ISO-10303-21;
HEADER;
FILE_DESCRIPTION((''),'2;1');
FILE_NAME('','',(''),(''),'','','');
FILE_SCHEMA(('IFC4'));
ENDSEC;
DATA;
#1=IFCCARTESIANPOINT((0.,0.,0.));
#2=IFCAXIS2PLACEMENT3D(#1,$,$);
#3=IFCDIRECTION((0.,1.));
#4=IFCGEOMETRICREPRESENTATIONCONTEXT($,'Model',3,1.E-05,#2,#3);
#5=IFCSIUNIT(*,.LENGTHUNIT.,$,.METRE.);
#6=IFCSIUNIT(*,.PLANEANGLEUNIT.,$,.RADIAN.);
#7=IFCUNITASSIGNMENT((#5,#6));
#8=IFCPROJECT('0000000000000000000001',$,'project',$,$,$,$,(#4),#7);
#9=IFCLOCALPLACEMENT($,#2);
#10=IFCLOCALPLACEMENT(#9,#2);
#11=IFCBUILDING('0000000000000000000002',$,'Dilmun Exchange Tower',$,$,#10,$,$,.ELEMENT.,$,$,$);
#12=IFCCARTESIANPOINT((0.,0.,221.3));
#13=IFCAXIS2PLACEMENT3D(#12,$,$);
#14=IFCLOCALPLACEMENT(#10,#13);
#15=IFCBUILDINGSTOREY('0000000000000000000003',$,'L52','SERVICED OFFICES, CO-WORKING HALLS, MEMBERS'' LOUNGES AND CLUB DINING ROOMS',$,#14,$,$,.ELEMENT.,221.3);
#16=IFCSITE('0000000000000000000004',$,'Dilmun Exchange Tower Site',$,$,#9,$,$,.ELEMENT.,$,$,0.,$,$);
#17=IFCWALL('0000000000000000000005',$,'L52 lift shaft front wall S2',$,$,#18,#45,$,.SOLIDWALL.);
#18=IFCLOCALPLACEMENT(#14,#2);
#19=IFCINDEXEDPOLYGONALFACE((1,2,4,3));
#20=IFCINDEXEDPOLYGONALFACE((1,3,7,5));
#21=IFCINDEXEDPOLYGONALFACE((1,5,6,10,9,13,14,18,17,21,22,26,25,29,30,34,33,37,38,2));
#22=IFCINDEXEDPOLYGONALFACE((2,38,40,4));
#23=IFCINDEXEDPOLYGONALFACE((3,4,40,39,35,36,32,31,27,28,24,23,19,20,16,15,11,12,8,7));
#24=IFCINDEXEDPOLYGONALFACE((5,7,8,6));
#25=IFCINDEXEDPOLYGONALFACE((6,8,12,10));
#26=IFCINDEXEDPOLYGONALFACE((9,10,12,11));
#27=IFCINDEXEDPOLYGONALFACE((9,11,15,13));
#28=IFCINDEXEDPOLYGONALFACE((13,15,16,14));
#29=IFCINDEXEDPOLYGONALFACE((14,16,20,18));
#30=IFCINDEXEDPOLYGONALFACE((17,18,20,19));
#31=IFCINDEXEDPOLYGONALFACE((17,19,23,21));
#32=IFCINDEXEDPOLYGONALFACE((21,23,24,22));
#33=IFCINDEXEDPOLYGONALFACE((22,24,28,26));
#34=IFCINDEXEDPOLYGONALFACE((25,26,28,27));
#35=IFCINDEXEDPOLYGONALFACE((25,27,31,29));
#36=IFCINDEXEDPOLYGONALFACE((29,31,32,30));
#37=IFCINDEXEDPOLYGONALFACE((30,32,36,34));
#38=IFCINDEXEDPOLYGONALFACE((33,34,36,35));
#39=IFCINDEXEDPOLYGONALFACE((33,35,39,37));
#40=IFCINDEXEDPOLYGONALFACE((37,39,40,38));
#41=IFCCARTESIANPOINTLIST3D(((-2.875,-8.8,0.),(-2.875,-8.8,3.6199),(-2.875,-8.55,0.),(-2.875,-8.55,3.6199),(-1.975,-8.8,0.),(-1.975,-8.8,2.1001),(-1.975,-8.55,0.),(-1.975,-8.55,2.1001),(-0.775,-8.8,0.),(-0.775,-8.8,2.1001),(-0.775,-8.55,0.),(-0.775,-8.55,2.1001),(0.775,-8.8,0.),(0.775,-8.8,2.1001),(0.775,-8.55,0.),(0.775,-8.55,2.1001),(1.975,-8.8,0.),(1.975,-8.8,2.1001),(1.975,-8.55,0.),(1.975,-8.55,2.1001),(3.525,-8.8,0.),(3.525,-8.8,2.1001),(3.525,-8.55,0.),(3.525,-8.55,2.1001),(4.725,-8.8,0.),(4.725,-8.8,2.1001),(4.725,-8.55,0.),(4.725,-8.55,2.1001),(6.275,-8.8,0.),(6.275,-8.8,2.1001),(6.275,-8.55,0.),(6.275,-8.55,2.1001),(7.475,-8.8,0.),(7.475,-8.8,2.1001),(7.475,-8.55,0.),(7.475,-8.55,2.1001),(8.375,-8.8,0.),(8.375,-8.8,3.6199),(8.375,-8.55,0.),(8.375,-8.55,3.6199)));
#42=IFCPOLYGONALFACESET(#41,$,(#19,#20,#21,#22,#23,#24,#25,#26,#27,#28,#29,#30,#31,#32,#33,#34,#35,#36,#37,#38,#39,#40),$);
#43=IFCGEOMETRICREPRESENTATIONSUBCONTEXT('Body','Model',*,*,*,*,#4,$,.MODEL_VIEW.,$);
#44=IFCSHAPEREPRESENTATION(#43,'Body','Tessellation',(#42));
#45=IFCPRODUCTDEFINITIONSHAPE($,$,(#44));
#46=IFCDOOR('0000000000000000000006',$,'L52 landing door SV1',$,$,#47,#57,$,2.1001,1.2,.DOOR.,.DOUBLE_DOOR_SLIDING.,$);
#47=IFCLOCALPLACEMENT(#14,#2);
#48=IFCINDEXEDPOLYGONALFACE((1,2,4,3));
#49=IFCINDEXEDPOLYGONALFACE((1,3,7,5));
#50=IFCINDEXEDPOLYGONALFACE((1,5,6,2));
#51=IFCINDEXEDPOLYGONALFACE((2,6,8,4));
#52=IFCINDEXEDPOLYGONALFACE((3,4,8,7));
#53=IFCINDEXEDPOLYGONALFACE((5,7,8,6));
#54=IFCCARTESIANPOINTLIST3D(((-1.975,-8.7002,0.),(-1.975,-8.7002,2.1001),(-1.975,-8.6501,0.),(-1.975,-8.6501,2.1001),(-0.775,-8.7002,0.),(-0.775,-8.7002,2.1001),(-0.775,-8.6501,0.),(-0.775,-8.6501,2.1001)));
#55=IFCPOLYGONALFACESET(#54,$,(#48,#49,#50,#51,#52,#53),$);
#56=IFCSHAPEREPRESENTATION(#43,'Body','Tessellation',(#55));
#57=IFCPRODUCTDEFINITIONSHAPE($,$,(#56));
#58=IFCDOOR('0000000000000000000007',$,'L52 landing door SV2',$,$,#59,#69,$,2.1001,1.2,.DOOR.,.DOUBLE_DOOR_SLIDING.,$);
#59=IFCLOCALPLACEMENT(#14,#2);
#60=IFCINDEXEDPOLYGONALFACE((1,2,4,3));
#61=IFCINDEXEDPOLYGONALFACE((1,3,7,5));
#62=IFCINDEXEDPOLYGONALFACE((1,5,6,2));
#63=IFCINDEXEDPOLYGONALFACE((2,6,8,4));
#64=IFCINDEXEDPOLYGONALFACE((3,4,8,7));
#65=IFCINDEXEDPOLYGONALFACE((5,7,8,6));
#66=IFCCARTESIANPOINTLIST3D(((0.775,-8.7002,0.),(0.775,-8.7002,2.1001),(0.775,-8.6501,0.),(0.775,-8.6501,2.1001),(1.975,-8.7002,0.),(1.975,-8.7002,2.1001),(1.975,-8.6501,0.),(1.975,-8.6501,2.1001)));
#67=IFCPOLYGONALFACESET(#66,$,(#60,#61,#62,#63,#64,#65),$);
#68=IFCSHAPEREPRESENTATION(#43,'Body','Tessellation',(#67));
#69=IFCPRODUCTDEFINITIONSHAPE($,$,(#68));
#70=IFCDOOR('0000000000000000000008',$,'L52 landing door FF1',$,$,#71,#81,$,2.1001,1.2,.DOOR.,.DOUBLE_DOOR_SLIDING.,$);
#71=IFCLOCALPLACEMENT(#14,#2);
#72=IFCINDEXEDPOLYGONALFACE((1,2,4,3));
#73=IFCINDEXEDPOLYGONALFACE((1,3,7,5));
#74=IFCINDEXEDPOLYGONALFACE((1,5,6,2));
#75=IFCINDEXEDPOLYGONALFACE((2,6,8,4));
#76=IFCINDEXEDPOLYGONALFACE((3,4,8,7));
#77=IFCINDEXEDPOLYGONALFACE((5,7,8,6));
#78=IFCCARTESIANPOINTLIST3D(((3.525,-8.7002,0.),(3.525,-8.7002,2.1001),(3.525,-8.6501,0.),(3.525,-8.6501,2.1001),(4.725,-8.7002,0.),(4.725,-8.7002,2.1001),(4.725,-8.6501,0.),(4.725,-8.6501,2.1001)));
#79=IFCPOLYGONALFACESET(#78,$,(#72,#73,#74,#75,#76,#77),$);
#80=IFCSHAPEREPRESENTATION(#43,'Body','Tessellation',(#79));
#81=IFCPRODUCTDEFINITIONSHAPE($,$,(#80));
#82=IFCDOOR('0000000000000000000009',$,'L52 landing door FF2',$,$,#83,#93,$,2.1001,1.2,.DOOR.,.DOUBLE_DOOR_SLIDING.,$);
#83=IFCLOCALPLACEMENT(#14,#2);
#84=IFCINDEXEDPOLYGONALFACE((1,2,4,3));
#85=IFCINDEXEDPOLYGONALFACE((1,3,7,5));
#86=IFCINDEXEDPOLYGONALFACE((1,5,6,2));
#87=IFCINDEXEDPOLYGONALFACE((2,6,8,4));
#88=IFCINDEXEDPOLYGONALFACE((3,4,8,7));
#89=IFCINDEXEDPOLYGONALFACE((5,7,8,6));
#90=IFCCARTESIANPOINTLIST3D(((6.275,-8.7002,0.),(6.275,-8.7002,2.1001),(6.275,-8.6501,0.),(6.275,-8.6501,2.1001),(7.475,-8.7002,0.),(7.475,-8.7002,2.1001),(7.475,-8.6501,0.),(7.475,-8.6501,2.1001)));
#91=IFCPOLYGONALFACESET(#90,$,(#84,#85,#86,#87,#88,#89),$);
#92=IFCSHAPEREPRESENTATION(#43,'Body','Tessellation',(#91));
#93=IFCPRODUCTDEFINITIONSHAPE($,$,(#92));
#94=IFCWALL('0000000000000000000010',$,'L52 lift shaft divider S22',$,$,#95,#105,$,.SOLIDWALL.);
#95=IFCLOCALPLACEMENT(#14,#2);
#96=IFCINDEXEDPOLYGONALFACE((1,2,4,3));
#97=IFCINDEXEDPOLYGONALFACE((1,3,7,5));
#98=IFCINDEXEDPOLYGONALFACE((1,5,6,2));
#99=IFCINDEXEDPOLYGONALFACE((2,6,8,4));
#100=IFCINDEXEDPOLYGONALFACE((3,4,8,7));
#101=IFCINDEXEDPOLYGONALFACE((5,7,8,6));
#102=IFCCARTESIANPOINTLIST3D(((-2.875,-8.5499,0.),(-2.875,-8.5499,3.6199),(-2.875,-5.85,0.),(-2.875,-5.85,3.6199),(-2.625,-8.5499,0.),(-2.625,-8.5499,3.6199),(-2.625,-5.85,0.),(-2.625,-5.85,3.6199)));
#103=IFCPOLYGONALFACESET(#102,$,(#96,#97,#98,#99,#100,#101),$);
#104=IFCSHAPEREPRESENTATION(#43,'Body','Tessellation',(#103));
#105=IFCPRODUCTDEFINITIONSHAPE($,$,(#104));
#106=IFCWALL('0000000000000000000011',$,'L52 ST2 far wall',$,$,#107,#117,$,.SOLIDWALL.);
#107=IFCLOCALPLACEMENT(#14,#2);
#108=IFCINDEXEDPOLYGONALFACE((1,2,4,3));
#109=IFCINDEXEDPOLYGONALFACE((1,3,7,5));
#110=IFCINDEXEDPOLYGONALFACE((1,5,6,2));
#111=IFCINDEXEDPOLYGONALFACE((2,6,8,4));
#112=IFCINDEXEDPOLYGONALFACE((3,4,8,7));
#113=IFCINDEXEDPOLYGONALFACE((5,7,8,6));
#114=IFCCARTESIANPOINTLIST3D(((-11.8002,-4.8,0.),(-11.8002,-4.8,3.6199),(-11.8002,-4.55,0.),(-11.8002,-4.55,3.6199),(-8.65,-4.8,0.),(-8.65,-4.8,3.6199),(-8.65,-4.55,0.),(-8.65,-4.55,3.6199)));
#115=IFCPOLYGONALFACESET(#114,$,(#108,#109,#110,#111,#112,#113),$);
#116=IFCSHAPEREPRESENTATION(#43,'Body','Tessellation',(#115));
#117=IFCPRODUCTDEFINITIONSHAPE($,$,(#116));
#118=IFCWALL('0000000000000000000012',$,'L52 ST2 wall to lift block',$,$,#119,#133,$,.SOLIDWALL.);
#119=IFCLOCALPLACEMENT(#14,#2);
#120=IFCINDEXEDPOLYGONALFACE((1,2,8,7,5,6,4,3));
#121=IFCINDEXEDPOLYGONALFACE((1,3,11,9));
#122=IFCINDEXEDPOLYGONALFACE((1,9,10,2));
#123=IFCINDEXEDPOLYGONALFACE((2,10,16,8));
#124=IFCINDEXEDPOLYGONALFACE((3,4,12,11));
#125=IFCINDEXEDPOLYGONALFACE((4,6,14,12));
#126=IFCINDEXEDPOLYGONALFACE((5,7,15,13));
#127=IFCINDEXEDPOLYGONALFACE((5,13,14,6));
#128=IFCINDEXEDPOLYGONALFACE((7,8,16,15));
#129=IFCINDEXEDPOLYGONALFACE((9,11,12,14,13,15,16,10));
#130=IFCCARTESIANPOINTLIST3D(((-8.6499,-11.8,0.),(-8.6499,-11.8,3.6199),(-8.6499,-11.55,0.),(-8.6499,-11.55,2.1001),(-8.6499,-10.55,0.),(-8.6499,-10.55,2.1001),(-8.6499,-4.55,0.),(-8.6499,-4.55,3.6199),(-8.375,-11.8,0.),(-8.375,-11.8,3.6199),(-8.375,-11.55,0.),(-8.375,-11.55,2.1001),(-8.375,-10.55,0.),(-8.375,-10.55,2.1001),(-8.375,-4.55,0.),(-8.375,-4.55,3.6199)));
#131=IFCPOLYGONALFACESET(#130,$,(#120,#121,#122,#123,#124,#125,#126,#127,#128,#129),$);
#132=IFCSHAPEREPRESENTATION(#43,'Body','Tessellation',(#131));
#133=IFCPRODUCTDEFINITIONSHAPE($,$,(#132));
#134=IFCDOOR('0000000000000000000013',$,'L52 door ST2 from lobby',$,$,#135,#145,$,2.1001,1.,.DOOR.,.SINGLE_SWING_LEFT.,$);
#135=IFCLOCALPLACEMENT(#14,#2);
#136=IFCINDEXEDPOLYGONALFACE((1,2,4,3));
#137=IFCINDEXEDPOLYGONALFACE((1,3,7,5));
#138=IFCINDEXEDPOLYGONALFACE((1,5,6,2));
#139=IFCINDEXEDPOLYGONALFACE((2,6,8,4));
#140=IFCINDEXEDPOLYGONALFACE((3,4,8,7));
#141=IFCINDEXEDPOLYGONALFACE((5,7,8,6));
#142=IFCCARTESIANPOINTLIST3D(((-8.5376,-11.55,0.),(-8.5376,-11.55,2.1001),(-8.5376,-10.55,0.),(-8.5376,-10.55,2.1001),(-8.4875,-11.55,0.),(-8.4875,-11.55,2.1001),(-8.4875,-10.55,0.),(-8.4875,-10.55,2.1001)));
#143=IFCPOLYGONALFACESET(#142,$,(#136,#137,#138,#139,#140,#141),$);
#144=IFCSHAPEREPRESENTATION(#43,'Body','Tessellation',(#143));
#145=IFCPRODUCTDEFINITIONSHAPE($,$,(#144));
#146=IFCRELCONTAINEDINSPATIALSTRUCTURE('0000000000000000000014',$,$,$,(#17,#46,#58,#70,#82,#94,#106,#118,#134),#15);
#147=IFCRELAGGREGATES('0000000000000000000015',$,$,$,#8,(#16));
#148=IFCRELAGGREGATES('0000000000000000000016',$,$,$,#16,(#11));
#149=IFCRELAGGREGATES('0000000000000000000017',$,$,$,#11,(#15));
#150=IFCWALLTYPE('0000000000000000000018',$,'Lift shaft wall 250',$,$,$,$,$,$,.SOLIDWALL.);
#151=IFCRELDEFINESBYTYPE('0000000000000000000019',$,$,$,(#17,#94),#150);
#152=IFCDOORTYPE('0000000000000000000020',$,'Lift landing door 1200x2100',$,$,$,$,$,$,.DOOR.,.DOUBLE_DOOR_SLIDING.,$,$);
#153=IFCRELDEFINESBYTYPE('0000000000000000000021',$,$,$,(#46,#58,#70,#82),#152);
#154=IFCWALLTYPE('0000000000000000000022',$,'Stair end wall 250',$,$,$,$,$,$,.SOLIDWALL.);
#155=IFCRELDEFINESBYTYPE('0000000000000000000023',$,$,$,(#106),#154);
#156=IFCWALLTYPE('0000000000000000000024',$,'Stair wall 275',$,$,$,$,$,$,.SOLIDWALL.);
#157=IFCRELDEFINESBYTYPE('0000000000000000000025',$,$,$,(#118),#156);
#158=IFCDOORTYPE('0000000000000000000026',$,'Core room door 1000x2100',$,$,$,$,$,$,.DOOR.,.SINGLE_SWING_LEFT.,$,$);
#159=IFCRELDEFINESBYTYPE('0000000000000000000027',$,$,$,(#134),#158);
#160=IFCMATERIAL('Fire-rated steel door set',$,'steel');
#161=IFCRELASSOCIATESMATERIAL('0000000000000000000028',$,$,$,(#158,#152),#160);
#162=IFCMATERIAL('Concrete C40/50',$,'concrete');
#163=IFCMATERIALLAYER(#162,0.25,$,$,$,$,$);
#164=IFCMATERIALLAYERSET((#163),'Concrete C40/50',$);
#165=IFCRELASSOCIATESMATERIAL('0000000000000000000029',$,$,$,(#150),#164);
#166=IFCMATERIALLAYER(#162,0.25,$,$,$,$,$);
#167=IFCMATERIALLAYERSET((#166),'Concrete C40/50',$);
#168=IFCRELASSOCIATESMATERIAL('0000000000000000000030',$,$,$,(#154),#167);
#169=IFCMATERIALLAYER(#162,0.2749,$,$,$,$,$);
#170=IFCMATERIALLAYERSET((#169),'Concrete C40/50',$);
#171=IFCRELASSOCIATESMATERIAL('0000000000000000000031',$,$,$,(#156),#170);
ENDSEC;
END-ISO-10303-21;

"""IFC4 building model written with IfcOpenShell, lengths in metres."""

from ifc_helpers import new_model, si_unit, direction, frame, frame_2d, origin, place, context, subcontext, project, spatial, rectangle, extrude, material, layer, layer_set, type_object, element, fill, save


model = new_model("IFC4")

# Units and contexts
model_context = context("Model", 3, precision=1e-05, world=origin(), true_north=direction((0.0, 1.0)))
body_context = subcontext(model_context, "Body", "Model", "MODEL_VIEW")
ifc_project = project(units=[si_unit("LENGTHUNIT", "METRE"), si_unit("PLANEANGLEUNIT", "RADIAN")], contexts=[model_context])

# Site, building, storey
site_placement = place(None, origin())
site = spatial("IfcSite", under=ifc_project, at=site_placement, Name="Dilmun Exchange Tower Site", CompositionType="ELEMENT", RefElevation=0.0)
building_placement = place(site_placement, origin())
building = spatial("IfcBuilding", under=site, at=building_placement, Name="Dilmun Exchange Tower", CompositionType="ELEMENT")
storey_placement = place(building_placement, frame((0.0, 0.0, 221.3)))
storey = spatial("IfcBuildingStorey", under=building, at=storey_placement, Name="L52", Description="SERVICED OFFICES, CO-WORKING HALLS, MEMBERS' LOUNGES AND CLUB DINING ROOMS", CompositionType="ELEMENT", Elevation=221.3)

# Shared definitions
ifc_material_1 = material(Name="Concrete C40/50", Category="concrete")

# Shared definitions
ifc_material_2 = material(Name="Fire-rated steel door set", Category="steel")
door_type_1 = type_object("IfcDoorType", Name="Core room door 1000x2100", OperationType="SINGLE_SWING_LEFT", PredefinedType="DOOR", material=ifc_material_2)

# Shared definitions
ifc_layer_1 = layer(ifc_material_1, 0.25)
ifc_layer_set_1 = layer_set([ifc_layer_1], Name="Concrete C40/50")
wall_type_1 = type_object("IfcWallType", Name="Lift shaft wall 250", PredefinedType="SOLIDWALL", material=ifc_layer_set_1)

# Wall, openings, doors
wall_1_placement = place(storey_placement, frame((-2.875, -8.675, 0.0), z_axis=(0.0, 0.0, 1.0), x_axis=(1.0, 0.0, 0.0)))
wall_1 = element("IfcWall", 1, at=wall_1_placement, inside=storey, type_object=wall_type_1, Name="L52 lift shaft front wall S2", PredefinedType="SOLIDWALL", context=body_context, shape_type="SweptSolid", body=[
    extrude(rectangle(XDim=11.25, YDim=0.25, at=frame_2d((5.625, 0.0))), origin(), (0.0, 0.0, 1.0), 3.6199),
])
opening_1_placement = place(wall_1_placement, frame((0.8999, 0.0, 0.0)))
opening_1 = element("IfcOpeningElement", 2, at=opening_1_placement, cuts=wall_1, PredefinedType="OPENING", context=body_context, shape_type="SweptSolid", body=[
    extrude(rectangle(XDim=1.2, YDim=2.1001, at=frame_2d((0.6001, 1.05))), frame((0.0, 0.135, 0.0), z_axis=(0.0, -1.0, 0.0), x_axis=(1.0, 0.0, 0.0)), (0.0, 0.0, 1.0), 0.27),
])
opening_2_placement = place(wall_1_placement, frame((3.6499, 0.0, 0.0)))
opening_2 = element("IfcOpeningElement", 3, at=opening_2_placement, cuts=wall_1, PredefinedType="OPENING", context=body_context, shape_type="SweptSolid", body=[
    extrude(rectangle(XDim=1.2, YDim=2.1001, at=frame_2d((0.6001, 1.05))), frame((0.0, 0.135, 0.0), z_axis=(0.0, -1.0, 0.0), x_axis=(1.0, 0.0, 0.0)), (0.0, 0.0, 1.0), 0.27),
])
opening_3_placement = place(wall_1_placement, frame((6.3999, 0.0, 0.0)))
opening_3 = element("IfcOpeningElement", 4, at=opening_3_placement, cuts=wall_1, PredefinedType="OPENING", context=body_context, shape_type="SweptSolid", body=[
    extrude(rectangle(XDim=1.2, YDim=2.1001, at=frame_2d((0.6001, 1.05))), frame((0.0, 0.135, 0.0), z_axis=(0.0, -1.0, 0.0), x_axis=(1.0, 0.0, 0.0)), (0.0, 0.0, 1.0), 0.27),
])
opening_4_placement = place(wall_1_placement, frame((9.1499, 0.0, 0.0)))
opening_4 = element("IfcOpeningElement", 5, at=opening_4_placement, cuts=wall_1, PredefinedType="OPENING", context=body_context, shape_type="SweptSolid", body=[
    extrude(rectangle(XDim=1.2, YDim=2.1001, at=frame_2d((0.6001, 1.05))), frame((0.0, 0.135, 0.0), z_axis=(0.0, -1.0, 0.0), x_axis=(1.0, 0.0, 0.0)), (0.0, 0.0, 1.0), 0.27),
])
door_type_2 = type_object("IfcDoorType", Name="Lift landing door 1200x2100", OperationType="DOUBLE_DOOR_SLIDING", PredefinedType="DOOR", material=ifc_material_2)
door_1_placement = place(opening_1_placement, origin())
door_1 = element("IfcDoor", 6, at=door_1_placement, inside=storey, type_object=door_type_2, Name="L52 landing door SV1", OperationType="DOUBLE_DOOR_SLIDING", OverallHeight=2.1001, OverallWidth=1.2, PredefinedType="DOOR", context=body_context, shape_type="SweptSolid", body=[
    extrude(rectangle(XDim=1.2, YDim=2.1001, at=frame_2d((0.6001, 1.05))), frame((0.0, 0.0249, 0.0), z_axis=(0.0, -1.0, 0.0), x_axis=(1.0, 0.0, 0.0)), (0.0, 0.0, 1.0), 0.05),
])
fill(opening_1, door_1)
door_2_placement = place(opening_2_placement, origin())
door_2 = element("IfcDoor", 7, at=door_2_placement, inside=storey, type_object=door_type_2, Name="L52 landing door SV2", OperationType="DOUBLE_DOOR_SLIDING", OverallHeight=2.1001, OverallWidth=1.2, PredefinedType="DOOR", context=body_context, shape_type="SweptSolid", body=[
    extrude(rectangle(XDim=1.2, YDim=2.1001, at=frame_2d((0.6001, 1.05))), frame((0.0, 0.0249, 0.0), z_axis=(0.0, -1.0, 0.0), x_axis=(1.0, 0.0, 0.0)), (0.0, 0.0, 1.0), 0.05),
])
fill(opening_2, door_2)
door_3_placement = place(opening_3_placement, origin())
door_3 = element("IfcDoor", 8, at=door_3_placement, inside=storey, type_object=door_type_2, Name="L52 landing door FF1", OperationType="DOUBLE_DOOR_SLIDING", OverallHeight=2.1001, OverallWidth=1.2, PredefinedType="DOOR", context=body_context, shape_type="SweptSolid", body=[
    extrude(rectangle(XDim=1.2, YDim=2.1001, at=frame_2d((0.6001, 1.05))), frame((0.0, 0.0249, 0.0), z_axis=(0.0, -1.0, 0.0), x_axis=(1.0, 0.0, 0.0)), (0.0, 0.0, 1.0), 0.05),
])
fill(opening_3, door_3)
door_4_placement = place(opening_4_placement, origin())
door_4 = element("IfcDoor", 9, at=door_4_placement, inside=storey, type_object=door_type_2, Name="L52 landing door FF2", OperationType="DOUBLE_DOOR_SLIDING", OverallHeight=2.1001, OverallWidth=1.2, PredefinedType="DOOR", context=body_context, shape_type="SweptSolid", body=[
    extrude(rectangle(XDim=1.2, YDim=2.1001, at=frame_2d((0.6001, 1.05))), frame((0.0, 0.0249, 0.0), z_axis=(0.0, -1.0, 0.0), x_axis=(1.0, 0.0, 0.0)), (0.0, 0.0, 1.0), 0.05),
])
fill(opening_4, door_4)

# Walls
wall_2_placement = place(storey_placement, frame((-2.75, -8.55, 0.0), z_axis=(0.0, 0.0, 1.0), x_axis=(0.0, 1.0, 0.0)))
element("IfcWall", 10, at=wall_2_placement, inside=storey, type_object=wall_type_1, Name="L52 lift shaft divider S22", PredefinedType="SOLIDWALL", context=body_context, shape_type="SweptSolid", body=[
    extrude(rectangle(XDim=2.7, YDim=0.25, at=frame_2d((1.3501, 0.0))), origin(), (0.0, 0.0, 1.0), 3.6199),
])
ifc_layer_2 = layer(ifc_material_1, 0.25)
ifc_layer_set_2 = layer_set([ifc_layer_2], Name="Concrete C40/50")
wall_type_2 = type_object("IfcWallType", Name="Stair end wall 250", PredefinedType="SOLIDWALL", material=ifc_layer_set_2)
wall_3_placement = place(storey_placement, frame((-8.6499, -4.675, 0.0), z_axis=(0.0, 0.0, 1.0), x_axis=(-1.0, 0.0, 0.0)))
element("IfcWall", 11, at=wall_3_placement, inside=storey, type_object=wall_type_2, Name="L52 ST2 far wall", PredefinedType="SOLIDWALL", context=body_context, shape_type="SweptSolid", body=[
    extrude(rectangle(XDim=3.1501, YDim=0.25, at=frame_2d((1.5752, 0.0))), origin(), (0.0, 0.0, 1.0), 3.6199),
])

# Wall, opening, door
ifc_layer_3 = layer(ifc_material_1, 0.2749)
ifc_layer_set_3 = layer_set([ifc_layer_3], Name="Concrete C40/50")
wall_type_3 = type_object("IfcWallType", Name="Stair wall 275", PredefinedType="SOLIDWALL", material=ifc_layer_set_3)
wall_4_placement = place(storey_placement, frame((-8.5125, -4.55, 0.0), z_axis=(0.0, 0.0, 1.0), x_axis=(0.0, -1.0, 0.0)))
wall_4 = element("IfcWall", 12, at=wall_4_placement, inside=storey, type_object=wall_type_3, Name="L52 ST2 wall to lift block", PredefinedType="SOLIDWALL", context=body_context, shape_type="SweptSolid", body=[
    extrude(rectangle(XDim=7.25, YDim=0.2749, at=frame_2d((3.625, 0.0))), origin(), (0.0, 0.0, 1.0), 3.6199),
])
opening_5_placement = place(wall_4_placement, frame((6.0, 0.0, 0.0)))
opening_5 = element("IfcOpeningElement", 13, at=opening_5_placement, cuts=wall_4, PredefinedType="OPENING", context=body_context, shape_type="SweptSolid", body=[
    extrude(rectangle(XDim=1.0, YDim=2.1001, at=frame_2d((0.5, 1.05))), frame((0.0, 0.1475, 0.0), z_axis=(0.0, -1.0, 0.0), x_axis=(1.0, 0.0, 0.0)), (0.0, 0.0, 1.0), 0.2949),
])
door_5_placement = place(opening_5_placement, origin())
door_5 = element("IfcDoor", 14, at=door_5_placement, inside=storey, type_object=door_type_1, Name="L52 door ST2 from lobby", OperationType="SINGLE_SWING_LEFT", OverallHeight=2.1001, OverallWidth=1.0, PredefinedType="DOOR", context=body_context, shape_type="SweptSolid", body=[
    extrude(rectangle(XDim=1.0, YDim=2.1001, at=frame_2d((0.5, 1.05))), frame((0.0, 0.0249, 0.0), z_axis=(0.0, -1.0, 0.0), x_axis=(1.0, 0.0, 0.0)), (0.0, 0.0, 1.0), 0.05),
])
fill(opening_5, door_5)

save(model, "model.ifc")
